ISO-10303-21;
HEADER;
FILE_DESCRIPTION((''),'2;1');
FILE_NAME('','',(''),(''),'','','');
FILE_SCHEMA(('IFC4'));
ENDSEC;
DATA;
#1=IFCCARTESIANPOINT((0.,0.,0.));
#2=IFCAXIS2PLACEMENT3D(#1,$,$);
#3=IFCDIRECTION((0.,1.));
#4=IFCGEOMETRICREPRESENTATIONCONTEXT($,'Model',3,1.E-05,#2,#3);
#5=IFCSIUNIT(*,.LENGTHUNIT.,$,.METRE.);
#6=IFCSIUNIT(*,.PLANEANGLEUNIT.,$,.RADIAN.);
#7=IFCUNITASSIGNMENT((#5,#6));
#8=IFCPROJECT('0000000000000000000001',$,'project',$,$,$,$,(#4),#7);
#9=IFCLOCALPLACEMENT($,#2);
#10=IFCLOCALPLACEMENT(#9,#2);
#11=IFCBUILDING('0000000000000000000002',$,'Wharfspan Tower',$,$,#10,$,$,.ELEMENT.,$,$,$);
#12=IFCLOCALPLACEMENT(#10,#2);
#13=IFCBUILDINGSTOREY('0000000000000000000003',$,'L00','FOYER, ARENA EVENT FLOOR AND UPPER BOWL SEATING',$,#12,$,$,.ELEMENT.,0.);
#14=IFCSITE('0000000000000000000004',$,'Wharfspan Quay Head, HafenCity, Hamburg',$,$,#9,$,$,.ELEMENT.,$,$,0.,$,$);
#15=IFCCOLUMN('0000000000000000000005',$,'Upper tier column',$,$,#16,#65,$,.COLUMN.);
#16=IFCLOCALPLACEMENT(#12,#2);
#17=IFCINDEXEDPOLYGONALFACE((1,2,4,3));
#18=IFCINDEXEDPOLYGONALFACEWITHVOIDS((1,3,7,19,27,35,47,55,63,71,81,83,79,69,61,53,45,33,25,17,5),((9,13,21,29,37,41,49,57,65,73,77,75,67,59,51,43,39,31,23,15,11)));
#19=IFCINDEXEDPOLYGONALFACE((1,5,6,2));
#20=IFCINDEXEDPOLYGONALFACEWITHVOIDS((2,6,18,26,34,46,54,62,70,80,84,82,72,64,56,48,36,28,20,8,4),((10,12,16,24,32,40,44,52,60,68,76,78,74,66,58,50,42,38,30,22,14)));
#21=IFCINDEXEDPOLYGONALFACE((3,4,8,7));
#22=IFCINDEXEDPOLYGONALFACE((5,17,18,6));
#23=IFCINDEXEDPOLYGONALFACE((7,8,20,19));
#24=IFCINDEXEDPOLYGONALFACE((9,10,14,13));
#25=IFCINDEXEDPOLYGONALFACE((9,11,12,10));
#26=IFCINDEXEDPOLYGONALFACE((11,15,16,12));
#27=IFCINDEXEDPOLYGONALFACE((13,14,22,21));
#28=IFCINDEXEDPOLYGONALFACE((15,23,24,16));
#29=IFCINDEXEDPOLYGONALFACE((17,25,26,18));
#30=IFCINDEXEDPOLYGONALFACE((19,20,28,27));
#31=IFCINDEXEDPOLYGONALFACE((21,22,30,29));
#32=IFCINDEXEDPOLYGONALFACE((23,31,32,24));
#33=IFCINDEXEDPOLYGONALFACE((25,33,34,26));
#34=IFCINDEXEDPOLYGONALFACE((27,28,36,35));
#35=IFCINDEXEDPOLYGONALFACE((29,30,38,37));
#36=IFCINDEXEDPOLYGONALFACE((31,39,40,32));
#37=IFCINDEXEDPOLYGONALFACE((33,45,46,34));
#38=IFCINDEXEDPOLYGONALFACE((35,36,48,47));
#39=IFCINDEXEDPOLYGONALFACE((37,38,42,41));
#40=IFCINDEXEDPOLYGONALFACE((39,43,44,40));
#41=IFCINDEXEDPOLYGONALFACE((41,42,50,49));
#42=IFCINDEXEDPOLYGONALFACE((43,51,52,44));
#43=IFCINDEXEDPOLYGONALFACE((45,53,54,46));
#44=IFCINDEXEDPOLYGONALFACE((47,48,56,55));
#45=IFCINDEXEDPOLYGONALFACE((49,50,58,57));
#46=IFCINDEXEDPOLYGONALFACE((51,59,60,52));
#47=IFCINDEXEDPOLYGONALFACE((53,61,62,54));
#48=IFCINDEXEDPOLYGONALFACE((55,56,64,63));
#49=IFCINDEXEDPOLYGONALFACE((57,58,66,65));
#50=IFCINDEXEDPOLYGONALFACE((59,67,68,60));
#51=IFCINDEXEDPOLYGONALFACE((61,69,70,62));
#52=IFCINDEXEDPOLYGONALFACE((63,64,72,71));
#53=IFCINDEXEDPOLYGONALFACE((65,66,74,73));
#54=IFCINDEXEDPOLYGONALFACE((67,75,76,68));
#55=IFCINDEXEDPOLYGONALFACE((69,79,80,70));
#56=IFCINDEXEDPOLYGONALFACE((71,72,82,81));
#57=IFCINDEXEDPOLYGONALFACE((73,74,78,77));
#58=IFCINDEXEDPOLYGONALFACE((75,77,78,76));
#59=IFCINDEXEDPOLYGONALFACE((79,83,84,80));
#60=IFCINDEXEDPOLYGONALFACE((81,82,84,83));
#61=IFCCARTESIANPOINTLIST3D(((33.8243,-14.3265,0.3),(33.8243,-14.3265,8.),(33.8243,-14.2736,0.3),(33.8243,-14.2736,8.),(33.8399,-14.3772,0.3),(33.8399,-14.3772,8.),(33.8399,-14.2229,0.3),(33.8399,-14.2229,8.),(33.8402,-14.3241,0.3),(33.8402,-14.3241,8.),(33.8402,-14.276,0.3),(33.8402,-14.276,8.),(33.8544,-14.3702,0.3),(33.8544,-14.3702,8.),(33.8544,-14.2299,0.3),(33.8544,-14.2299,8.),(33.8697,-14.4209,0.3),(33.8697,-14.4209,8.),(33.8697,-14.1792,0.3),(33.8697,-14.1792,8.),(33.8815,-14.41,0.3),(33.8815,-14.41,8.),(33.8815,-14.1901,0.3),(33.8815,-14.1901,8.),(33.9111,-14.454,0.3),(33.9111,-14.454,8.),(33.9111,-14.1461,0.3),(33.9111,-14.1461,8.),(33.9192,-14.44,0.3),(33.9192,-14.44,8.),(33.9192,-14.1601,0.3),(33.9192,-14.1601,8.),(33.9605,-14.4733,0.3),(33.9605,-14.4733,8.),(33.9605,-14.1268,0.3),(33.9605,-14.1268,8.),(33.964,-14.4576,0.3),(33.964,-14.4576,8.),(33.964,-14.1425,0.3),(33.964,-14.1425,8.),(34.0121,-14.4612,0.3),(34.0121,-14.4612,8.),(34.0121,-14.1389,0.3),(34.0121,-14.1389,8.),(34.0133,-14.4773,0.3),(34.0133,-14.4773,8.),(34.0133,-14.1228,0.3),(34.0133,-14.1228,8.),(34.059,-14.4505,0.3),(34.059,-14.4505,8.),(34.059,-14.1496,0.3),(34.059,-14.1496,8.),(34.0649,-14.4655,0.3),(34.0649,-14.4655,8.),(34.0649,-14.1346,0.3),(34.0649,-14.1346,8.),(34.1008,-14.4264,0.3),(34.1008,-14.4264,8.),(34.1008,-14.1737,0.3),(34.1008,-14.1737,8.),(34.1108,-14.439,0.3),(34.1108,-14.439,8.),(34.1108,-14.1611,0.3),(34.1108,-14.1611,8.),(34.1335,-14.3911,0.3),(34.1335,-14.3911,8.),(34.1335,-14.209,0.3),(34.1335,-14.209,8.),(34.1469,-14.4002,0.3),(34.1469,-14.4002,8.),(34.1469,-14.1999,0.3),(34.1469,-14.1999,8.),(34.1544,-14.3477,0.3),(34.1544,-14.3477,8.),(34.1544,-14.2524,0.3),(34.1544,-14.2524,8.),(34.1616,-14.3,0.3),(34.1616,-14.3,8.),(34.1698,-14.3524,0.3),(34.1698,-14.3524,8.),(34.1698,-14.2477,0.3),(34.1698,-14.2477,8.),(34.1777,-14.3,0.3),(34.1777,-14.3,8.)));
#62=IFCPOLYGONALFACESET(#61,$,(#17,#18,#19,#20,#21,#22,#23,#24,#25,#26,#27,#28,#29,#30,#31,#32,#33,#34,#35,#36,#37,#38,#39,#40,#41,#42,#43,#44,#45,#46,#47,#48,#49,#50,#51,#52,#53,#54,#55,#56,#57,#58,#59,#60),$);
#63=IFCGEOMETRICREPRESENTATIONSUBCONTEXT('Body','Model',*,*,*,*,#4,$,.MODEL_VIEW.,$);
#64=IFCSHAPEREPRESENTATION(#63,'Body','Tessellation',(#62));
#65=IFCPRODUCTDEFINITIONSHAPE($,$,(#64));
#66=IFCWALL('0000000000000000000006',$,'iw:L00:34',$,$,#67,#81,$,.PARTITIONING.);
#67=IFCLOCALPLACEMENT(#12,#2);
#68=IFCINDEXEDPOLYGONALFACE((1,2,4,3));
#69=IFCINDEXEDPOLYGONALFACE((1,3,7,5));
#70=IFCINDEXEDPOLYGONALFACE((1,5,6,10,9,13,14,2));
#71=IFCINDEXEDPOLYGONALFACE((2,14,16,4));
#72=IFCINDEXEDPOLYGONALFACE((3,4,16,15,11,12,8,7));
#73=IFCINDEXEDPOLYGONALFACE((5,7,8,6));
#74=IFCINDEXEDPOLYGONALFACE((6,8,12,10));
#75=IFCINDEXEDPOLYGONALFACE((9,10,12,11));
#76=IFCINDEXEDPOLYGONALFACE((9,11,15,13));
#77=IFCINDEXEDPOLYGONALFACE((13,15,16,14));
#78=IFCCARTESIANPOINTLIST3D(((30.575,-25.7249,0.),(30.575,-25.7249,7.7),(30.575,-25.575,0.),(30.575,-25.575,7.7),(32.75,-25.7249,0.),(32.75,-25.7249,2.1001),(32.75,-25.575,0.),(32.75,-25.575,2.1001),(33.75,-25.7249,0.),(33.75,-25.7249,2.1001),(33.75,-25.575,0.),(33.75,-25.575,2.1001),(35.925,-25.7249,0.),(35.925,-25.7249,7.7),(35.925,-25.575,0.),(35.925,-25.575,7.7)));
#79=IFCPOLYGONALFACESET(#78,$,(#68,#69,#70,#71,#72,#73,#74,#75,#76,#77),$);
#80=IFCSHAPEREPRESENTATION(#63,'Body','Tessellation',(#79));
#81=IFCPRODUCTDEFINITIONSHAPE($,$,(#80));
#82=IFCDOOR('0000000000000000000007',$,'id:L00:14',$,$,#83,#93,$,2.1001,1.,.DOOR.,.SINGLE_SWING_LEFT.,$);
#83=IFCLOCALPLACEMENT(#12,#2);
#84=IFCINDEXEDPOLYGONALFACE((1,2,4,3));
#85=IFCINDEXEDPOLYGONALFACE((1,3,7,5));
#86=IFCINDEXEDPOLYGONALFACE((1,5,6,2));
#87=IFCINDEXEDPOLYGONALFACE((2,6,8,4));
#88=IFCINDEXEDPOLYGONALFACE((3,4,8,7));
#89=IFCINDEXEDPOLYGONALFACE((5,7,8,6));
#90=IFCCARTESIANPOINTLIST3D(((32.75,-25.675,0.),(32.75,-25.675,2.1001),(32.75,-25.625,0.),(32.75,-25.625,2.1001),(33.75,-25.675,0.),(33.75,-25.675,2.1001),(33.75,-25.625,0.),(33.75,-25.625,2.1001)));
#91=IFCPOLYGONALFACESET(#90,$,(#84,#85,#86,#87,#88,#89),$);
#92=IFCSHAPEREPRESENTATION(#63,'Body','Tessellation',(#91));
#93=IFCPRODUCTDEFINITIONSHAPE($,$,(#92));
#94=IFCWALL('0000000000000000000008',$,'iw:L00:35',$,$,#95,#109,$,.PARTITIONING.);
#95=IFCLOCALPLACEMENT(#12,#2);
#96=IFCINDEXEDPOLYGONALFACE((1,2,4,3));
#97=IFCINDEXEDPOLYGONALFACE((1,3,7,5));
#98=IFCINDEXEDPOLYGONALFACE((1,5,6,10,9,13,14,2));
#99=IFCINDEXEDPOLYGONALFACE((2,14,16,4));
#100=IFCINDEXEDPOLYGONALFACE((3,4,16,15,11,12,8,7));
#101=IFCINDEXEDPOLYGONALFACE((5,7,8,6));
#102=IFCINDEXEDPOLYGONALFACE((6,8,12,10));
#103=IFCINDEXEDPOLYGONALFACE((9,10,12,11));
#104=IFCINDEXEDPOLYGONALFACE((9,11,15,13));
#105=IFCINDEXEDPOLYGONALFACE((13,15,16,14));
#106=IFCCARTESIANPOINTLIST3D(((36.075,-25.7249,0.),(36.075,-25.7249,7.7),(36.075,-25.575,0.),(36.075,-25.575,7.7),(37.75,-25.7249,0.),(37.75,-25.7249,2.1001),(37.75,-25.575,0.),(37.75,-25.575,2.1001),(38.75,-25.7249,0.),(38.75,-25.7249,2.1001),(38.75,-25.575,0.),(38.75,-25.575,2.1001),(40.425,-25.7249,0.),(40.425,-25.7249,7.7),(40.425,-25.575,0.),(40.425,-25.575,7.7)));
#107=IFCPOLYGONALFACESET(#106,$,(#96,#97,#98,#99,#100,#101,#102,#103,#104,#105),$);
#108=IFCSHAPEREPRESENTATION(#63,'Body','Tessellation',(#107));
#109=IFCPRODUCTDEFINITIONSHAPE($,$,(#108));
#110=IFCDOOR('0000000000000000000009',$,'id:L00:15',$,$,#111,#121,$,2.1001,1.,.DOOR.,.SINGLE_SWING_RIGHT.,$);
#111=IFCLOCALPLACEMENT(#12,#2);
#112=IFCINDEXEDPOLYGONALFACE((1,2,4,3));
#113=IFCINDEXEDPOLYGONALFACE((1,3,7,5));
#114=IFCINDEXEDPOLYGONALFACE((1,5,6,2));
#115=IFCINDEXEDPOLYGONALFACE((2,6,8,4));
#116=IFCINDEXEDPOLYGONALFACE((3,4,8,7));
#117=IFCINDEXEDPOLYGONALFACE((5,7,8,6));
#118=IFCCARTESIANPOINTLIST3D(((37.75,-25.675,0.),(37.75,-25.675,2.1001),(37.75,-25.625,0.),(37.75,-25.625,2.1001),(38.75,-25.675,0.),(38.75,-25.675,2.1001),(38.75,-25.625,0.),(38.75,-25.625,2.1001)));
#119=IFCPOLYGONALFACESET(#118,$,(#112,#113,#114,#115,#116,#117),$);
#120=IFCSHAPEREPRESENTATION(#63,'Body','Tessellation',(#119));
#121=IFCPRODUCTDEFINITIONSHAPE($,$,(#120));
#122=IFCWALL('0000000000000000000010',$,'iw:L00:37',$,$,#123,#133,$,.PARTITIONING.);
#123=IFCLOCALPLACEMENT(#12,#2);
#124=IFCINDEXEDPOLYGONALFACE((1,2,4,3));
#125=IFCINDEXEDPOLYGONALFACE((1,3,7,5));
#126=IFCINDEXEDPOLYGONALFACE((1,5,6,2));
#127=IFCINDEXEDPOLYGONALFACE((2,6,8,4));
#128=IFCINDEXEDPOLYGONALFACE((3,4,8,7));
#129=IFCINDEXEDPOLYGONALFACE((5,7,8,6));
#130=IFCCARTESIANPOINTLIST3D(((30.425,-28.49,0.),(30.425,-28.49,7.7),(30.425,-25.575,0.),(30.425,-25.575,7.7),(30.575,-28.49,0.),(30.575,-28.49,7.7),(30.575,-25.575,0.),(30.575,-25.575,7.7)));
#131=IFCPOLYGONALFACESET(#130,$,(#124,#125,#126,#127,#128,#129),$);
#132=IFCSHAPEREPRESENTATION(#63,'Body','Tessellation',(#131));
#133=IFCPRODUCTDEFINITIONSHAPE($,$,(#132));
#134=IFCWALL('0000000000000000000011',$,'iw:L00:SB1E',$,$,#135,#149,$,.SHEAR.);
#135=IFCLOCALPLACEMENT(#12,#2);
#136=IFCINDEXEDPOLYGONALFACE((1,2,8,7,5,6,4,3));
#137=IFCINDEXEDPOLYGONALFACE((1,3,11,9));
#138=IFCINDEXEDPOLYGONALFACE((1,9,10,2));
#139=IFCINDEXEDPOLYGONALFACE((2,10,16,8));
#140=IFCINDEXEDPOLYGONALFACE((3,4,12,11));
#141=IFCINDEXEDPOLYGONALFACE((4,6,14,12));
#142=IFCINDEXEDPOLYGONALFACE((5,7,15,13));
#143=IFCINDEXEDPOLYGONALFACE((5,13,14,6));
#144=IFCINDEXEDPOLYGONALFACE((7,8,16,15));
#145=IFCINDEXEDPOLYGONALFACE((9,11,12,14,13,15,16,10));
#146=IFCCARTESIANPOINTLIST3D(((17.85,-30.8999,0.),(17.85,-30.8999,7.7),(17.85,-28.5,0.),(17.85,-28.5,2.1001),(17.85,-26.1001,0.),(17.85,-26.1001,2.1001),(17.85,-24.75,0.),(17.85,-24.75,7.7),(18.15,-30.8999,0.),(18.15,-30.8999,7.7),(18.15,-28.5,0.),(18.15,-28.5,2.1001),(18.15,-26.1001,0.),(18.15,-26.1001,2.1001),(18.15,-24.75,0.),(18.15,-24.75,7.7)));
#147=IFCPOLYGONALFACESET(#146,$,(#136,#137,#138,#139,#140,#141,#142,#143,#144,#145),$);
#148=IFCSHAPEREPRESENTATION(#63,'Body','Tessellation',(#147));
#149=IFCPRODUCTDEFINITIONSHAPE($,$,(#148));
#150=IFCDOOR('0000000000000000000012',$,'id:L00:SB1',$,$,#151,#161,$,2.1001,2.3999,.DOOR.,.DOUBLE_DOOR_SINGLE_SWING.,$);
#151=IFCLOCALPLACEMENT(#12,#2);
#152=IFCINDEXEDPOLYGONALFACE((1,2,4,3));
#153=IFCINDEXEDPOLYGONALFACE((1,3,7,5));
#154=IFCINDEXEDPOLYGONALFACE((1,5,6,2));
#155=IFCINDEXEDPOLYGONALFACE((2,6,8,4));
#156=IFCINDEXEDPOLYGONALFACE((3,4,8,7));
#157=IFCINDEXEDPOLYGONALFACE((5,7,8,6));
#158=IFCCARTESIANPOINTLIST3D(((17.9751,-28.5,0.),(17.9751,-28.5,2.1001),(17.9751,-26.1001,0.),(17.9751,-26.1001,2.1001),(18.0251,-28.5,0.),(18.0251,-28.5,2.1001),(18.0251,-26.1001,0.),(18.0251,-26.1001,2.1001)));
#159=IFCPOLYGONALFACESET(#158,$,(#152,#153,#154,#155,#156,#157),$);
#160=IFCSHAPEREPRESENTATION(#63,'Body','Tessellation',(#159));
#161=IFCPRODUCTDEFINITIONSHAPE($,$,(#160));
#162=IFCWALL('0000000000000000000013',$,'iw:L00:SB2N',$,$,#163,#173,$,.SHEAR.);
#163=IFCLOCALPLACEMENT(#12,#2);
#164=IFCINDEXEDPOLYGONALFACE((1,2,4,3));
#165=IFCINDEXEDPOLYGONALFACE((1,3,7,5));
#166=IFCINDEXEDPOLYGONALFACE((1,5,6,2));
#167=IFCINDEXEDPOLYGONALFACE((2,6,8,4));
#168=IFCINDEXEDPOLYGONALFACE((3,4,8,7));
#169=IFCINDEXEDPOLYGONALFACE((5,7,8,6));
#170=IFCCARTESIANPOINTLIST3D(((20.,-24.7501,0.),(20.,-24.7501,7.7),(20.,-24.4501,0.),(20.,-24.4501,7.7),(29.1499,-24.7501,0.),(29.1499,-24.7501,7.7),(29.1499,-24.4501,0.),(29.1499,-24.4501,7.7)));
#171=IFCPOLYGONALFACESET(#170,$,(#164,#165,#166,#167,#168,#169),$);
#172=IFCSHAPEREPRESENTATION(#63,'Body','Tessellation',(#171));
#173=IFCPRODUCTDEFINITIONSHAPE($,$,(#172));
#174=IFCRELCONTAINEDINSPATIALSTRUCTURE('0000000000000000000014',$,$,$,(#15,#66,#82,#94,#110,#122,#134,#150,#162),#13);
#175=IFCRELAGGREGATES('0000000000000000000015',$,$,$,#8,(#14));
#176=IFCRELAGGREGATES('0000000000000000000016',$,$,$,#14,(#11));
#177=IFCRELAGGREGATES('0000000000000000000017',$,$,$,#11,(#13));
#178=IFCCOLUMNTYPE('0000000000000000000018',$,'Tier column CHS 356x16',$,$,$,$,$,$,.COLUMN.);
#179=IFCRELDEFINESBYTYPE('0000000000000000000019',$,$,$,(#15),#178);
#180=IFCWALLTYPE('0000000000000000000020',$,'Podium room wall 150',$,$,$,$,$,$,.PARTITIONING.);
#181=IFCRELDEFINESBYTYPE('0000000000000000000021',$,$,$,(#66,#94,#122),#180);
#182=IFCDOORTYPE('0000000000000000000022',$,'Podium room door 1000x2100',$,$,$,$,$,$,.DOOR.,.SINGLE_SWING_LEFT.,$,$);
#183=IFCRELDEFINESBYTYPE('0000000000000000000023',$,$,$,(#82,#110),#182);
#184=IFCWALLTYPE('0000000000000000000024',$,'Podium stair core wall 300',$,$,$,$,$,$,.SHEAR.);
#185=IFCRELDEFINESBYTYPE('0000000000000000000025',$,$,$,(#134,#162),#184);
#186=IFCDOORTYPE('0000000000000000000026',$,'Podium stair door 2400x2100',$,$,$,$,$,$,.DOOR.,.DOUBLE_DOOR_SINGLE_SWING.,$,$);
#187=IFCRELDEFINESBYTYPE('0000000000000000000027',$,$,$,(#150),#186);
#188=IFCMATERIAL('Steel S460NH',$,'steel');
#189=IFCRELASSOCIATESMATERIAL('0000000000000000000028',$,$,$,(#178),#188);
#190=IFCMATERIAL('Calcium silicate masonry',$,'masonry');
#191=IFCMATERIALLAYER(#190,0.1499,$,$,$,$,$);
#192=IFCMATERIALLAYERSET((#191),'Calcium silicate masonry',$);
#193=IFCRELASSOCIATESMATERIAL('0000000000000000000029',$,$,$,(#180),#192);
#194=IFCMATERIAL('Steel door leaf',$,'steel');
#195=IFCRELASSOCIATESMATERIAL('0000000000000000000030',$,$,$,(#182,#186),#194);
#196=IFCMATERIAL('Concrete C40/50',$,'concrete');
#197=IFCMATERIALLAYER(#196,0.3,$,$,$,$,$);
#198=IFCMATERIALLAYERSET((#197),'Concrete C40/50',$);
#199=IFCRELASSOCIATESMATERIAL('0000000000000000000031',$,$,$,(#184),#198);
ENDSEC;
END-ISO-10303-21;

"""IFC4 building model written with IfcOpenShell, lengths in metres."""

from ifc_helpers import new_model, si_unit, direction, frame, frame_2d, origin, origin_2d, place, context, subcontext, project, spatial, rectangle, hollow_circle, extrude, material, layer, layer_set, material_profile, profile_set, type_object, element, fill, save


model = new_model("IFC4")

# Units and contexts
model_context = context("Model", 3, precision=1e-05, world=origin(), true_north=direction((0.0, 1.0)))
body_context = subcontext(model_context, "Body", "Model", "MODEL_VIEW")
ifc_project = project(units=[si_unit("LENGTHUNIT", "METRE"), si_unit("PLANEANGLEUNIT", "RADIAN")], contexts=[model_context])

# Site, building, storey
site_placement = place(None, origin())
site = spatial("IfcSite", under=ifc_project, at=site_placement, Name="Wharfspan Quay Head, HafenCity, Hamburg", CompositionType="ELEMENT", RefElevation=0.0)
building_placement = place(site_placement, origin())
building = spatial("IfcBuilding", under=site, at=building_placement, Name="Wharfspan Tower", CompositionType="ELEMENT")
storey_placement = place(building_placement, origin())
storey = spatial("IfcBuildingStorey", under=building, at=storey_placement, Name="L00", Description="FOYER, ARENA EVENT FLOOR AND UPPER BOWL SEATING", CompositionType="ELEMENT", Elevation=0.0)

# Column
ifc_material_1 = material(Name="Steel S460NH", Category="steel")
ifc_material_profile_1 = material_profile(ifc_material_1, hollow_circle(Radius=0.1777, WallThickness=0.0161, at=origin_2d()))
ifc_profile_set_1 = profile_set([ifc_material_profile_1], Name="Steel S460NH")
column_type_1 = type_object("IfcColumnType", Name="Tier column CHS 356x16", PredefinedType="COLUMN", material=ifc_profile_set_1)
for number, where, z_axis, x_axis, name in (
    (1, (34.0, -14.3, 0.3), (0.0, 0.0, 1.0), (1.0, 0.0, 0.0), "Upper tier column"),
):
    element("IfcColumn", number, at=place(storey_placement, frame(where, z_axis=z_axis, x_axis=x_axis)), inside=storey, type_object=column_type_1, Name=name, PredefinedType="COLUMN", context=body_context, shape_type="SweptSolid", body=[
        extrude(hollow_circle(Radius=0.1777, WallThickness=0.0161, at=origin_2d()), origin(), (0.0, 0.0, 1.0), 7.7),
    ])

# Walls, openings, doors
ifc_material_2 = material(Name="Calcium silicate masonry", Category="masonry")
ifc_layer_1 = layer(ifc_material_2, 0.1499)
ifc_layer_set_1 = layer_set([ifc_layer_1], Name="Calcium silicate masonry")
wall_type_1 = type_object("IfcWallType", Name="Podium room wall 150", PredefinedType="PARTITIONING", material=ifc_layer_set_1)
wall_1_placement = place(storey_placement, frame((30.575, -25.6499, 0.0), z_axis=(0.0, 0.0, 1.0), x_axis=(1.0, 0.0, 0.0)))
wall_1 = element("IfcWall", 2, at=wall_1_placement, inside=storey, type_object=wall_type_1, Name="iw:L00:34", PredefinedType="PARTITIONING", context=body_context, shape_type="SweptSolid", body=[
    extrude(rectangle(XDim=5.3501, YDim=0.1499, at=frame_2d((2.675, 0.0))), origin(), (0.0, 0.0, 1.0), 7.7),
])
opening_1_placement = place(wall_1_placement, frame((2.175, 0.0, 0.0)))
opening_1 = element("IfcOpeningElement", 3, at=opening_1_placement, cuts=wall_1, PredefinedType="OPENING", context=body_context, shape_type="SweptSolid", body=[
    extrude(rectangle(XDim=1.0, YDim=2.1001, at=frame_2d((0.5, 1.05))), frame((0.0, 0.085, 0.0), z_axis=(0.0, -1.0, 0.0), x_axis=(1.0, 0.0, 0.0)), (0.0, 0.0, 1.0), 0.1699),
])
ifc_material_3 = material(Name="Steel door leaf", Category="steel")
door_type_1 = type_object("IfcDoorType", Name="Podium room door 1000x2100", OperationType="SINGLE_SWING_LEFT", PredefinedType="DOOR", material=ifc_material_3)
door_1_placement = place(opening_1_placement, origin())
door_1 = element("IfcDoor", 4, at=door_1_placement, inside=storey, type_object=door_type_1, Name="id:L00:14", OperationType="SINGLE_SWING_LEFT", OverallHeight=2.1001, OverallWidth=1.0, PredefinedType="DOOR", context=body_context, shape_type="SweptSolid", body=[
    extrude(rectangle(XDim=1.0, YDim=2.1001, at=frame_2d((0.5, 1.05))), frame((0.0, 0.0249, 0.0), z_axis=(0.0, -1.0, 0.0), x_axis=(1.0, 0.0, 0.0)), (0.0, 0.0, 1.0), 0.05),
])
fill(opening_1, door_1)
wall_2_placement = place(storey_placement, frame((36.075, -25.6499, 0.0), z_axis=(0.0, 0.0, 1.0), x_axis=(1.0, 0.0, 0.0)))
wall_2 = element("IfcWall", 5, at=wall_2_placement, inside=storey, type_object=wall_type_1, Name="iw:L00:35", PredefinedType="PARTITIONING", context=body_context, shape_type="SweptSolid", body=[
    extrude(rectangle(XDim=4.3501, YDim=0.1499, at=frame_2d((2.175, 0.0))), origin(), (0.0, 0.0, 1.0), 7.7),
])
opening_2_placement = place(wall_2_placement, frame((1.675, 0.0, 0.0)))
opening_2 = element("IfcOpeningElement", 6, at=opening_2_placement, cuts=wall_2, PredefinedType="OPENING", context=body_context, shape_type="SweptSolid", body=[
    extrude(rectangle(XDim=1.0, YDim=2.1001, at=frame_2d((0.5, 1.05))), frame((0.0, 0.085, 0.0), z_axis=(0.0, -1.0, 0.0), x_axis=(1.0, 0.0, 0.0)), (0.0, 0.0, 1.0), 0.1699),
])
door_2_placement = place(opening_2_placement, origin())
door_2 = element("IfcDoor", 7, at=door_2_placement, inside=storey, type_object=door_type_1, Name="id:L00:15", OperationType="SINGLE_SWING_RIGHT", OverallHeight=2.1001, OverallWidth=1.0, PredefinedType="DOOR", context=body_context, shape_type="SweptSolid", body=[
    extrude(rectangle(XDim=1.0, YDim=2.1001, at=frame_2d((0.5, 1.05))), frame((0.0, 0.0249, 0.0), z_axis=(0.0, -1.0, 0.0), x_axis=(1.0, 0.0, 0.0)), (0.0, 0.0, 1.0), 0.05),
])
fill(opening_2, door_2)

# Wall
wall_3_placement = place(storey_placement, frame((30.5, -28.49, 0.0), z_axis=(0.0, 0.0, 1.0), x_axis=(0.0, 1.0, 0.0)))
element("IfcWall", 8, at=wall_3_placement, inside=storey, type_object=wall_type_1, Name="iw:L00:37", PredefinedType="PARTITIONING", context=body_context, shape_type="SweptSolid", body=[
    extrude(rectangle(XDim=2.915, YDim=0.1499, at=frame_2d((1.4575, 0.0))), origin(), (0.0, 0.0, 1.0), 7.7),
])

# Wall, opening, door
ifc_material_4 = material(Name="Concrete C40/50", Category="concrete")
ifc_layer_2 = layer(ifc_material_4, 0.3)
ifc_layer_set_2 = layer_set([ifc_layer_2], Name="Concrete C40/50")
wall_type_2 = type_object("IfcWallType", Name="Podium stair core wall 300", PredefinedType="SHEAR", material=ifc_layer_set_2)
wall_4_placement = place(storey_placement, frame((18.0, -30.8999, 0.0), z_axis=(0.0, 0.0, 1.0), x_axis=(0.0, 1.0, 0.0)))
wall_4 = element("IfcWall", 9, at=wall_4_placement, inside=storey, type_object=wall_type_2, Name="iw:L00:SB1E", PredefinedType="SHEAR", context=body_context, shape_type="SweptSolid", body=[
    extrude(rectangle(XDim=6.1499, YDim=0.3, at=frame_2d((3.075, 0.0))), origin(), (0.0, 0.0, 1.0), 7.7),
])
opening_3_placement = place(wall_4_placement, frame((2.3999, 0.0, 0.0)))
opening_3 = element("IfcOpeningElement", 10, at=opening_3_placement, cuts=wall_4, PredefinedType="OPENING", context=body_context, shape_type="SweptSolid", body=[
    extrude(rectangle(XDim=2.3999, YDim=2.1001, at=frame_2d((1.2, 1.05))), frame((0.0, 0.1599, 0.0), z_axis=(0.0, -1.0, 0.0), x_axis=(1.0, 0.0, 0.0)), (0.0, 0.0, 1.0), 0.3201),
])
door_type_2 = type_object("IfcDoorType", Name="Podium stair door 2400x2100", OperationType="DOUBLE_DOOR_SINGLE_SWING", PredefinedType="DOOR", material=ifc_material_3)
door_3_placement = place(opening_3_placement, origin())
door_3 = element("IfcDoor", 11, at=door_3_placement, inside=storey, type_object=door_type_2, Name="id:L00:SB1", OperationType="DOUBLE_DOOR_SINGLE_SWING", OverallHeight=2.1001, OverallWidth=2.3999, PredefinedType="DOOR", context=body_context, shape_type="SweptSolid", body=[
    extrude(rectangle(XDim=2.3999, YDim=2.1001, at=frame_2d((1.2, 1.05))), frame((0.0, 0.0249, 0.0), z_axis=(0.0, -1.0, 0.0), x_axis=(1.0, 0.0, 0.0)), (0.0, 0.0, 1.0), 0.05),
])
fill(opening_3, door_3)

# Wall
wall_5_placement = place(storey_placement, frame((20.0, -24.6001, 0.0), z_axis=(0.0, 0.0, 1.0), x_axis=(1.0, 0.0, 0.0)))
element("IfcWall", 12, at=wall_5_placement, inside=storey, type_object=wall_type_2, Name="iw:L00:SB2N", PredefinedType="SHEAR", context=body_context, shape_type="SweptSolid", body=[
    extrude(rectangle(XDim=9.1499, YDim=0.3, at=frame_2d((4.575, 0.0))), origin(), (0.0, 0.0, 1.0), 7.7),
])

save(model, "model.ifc")
